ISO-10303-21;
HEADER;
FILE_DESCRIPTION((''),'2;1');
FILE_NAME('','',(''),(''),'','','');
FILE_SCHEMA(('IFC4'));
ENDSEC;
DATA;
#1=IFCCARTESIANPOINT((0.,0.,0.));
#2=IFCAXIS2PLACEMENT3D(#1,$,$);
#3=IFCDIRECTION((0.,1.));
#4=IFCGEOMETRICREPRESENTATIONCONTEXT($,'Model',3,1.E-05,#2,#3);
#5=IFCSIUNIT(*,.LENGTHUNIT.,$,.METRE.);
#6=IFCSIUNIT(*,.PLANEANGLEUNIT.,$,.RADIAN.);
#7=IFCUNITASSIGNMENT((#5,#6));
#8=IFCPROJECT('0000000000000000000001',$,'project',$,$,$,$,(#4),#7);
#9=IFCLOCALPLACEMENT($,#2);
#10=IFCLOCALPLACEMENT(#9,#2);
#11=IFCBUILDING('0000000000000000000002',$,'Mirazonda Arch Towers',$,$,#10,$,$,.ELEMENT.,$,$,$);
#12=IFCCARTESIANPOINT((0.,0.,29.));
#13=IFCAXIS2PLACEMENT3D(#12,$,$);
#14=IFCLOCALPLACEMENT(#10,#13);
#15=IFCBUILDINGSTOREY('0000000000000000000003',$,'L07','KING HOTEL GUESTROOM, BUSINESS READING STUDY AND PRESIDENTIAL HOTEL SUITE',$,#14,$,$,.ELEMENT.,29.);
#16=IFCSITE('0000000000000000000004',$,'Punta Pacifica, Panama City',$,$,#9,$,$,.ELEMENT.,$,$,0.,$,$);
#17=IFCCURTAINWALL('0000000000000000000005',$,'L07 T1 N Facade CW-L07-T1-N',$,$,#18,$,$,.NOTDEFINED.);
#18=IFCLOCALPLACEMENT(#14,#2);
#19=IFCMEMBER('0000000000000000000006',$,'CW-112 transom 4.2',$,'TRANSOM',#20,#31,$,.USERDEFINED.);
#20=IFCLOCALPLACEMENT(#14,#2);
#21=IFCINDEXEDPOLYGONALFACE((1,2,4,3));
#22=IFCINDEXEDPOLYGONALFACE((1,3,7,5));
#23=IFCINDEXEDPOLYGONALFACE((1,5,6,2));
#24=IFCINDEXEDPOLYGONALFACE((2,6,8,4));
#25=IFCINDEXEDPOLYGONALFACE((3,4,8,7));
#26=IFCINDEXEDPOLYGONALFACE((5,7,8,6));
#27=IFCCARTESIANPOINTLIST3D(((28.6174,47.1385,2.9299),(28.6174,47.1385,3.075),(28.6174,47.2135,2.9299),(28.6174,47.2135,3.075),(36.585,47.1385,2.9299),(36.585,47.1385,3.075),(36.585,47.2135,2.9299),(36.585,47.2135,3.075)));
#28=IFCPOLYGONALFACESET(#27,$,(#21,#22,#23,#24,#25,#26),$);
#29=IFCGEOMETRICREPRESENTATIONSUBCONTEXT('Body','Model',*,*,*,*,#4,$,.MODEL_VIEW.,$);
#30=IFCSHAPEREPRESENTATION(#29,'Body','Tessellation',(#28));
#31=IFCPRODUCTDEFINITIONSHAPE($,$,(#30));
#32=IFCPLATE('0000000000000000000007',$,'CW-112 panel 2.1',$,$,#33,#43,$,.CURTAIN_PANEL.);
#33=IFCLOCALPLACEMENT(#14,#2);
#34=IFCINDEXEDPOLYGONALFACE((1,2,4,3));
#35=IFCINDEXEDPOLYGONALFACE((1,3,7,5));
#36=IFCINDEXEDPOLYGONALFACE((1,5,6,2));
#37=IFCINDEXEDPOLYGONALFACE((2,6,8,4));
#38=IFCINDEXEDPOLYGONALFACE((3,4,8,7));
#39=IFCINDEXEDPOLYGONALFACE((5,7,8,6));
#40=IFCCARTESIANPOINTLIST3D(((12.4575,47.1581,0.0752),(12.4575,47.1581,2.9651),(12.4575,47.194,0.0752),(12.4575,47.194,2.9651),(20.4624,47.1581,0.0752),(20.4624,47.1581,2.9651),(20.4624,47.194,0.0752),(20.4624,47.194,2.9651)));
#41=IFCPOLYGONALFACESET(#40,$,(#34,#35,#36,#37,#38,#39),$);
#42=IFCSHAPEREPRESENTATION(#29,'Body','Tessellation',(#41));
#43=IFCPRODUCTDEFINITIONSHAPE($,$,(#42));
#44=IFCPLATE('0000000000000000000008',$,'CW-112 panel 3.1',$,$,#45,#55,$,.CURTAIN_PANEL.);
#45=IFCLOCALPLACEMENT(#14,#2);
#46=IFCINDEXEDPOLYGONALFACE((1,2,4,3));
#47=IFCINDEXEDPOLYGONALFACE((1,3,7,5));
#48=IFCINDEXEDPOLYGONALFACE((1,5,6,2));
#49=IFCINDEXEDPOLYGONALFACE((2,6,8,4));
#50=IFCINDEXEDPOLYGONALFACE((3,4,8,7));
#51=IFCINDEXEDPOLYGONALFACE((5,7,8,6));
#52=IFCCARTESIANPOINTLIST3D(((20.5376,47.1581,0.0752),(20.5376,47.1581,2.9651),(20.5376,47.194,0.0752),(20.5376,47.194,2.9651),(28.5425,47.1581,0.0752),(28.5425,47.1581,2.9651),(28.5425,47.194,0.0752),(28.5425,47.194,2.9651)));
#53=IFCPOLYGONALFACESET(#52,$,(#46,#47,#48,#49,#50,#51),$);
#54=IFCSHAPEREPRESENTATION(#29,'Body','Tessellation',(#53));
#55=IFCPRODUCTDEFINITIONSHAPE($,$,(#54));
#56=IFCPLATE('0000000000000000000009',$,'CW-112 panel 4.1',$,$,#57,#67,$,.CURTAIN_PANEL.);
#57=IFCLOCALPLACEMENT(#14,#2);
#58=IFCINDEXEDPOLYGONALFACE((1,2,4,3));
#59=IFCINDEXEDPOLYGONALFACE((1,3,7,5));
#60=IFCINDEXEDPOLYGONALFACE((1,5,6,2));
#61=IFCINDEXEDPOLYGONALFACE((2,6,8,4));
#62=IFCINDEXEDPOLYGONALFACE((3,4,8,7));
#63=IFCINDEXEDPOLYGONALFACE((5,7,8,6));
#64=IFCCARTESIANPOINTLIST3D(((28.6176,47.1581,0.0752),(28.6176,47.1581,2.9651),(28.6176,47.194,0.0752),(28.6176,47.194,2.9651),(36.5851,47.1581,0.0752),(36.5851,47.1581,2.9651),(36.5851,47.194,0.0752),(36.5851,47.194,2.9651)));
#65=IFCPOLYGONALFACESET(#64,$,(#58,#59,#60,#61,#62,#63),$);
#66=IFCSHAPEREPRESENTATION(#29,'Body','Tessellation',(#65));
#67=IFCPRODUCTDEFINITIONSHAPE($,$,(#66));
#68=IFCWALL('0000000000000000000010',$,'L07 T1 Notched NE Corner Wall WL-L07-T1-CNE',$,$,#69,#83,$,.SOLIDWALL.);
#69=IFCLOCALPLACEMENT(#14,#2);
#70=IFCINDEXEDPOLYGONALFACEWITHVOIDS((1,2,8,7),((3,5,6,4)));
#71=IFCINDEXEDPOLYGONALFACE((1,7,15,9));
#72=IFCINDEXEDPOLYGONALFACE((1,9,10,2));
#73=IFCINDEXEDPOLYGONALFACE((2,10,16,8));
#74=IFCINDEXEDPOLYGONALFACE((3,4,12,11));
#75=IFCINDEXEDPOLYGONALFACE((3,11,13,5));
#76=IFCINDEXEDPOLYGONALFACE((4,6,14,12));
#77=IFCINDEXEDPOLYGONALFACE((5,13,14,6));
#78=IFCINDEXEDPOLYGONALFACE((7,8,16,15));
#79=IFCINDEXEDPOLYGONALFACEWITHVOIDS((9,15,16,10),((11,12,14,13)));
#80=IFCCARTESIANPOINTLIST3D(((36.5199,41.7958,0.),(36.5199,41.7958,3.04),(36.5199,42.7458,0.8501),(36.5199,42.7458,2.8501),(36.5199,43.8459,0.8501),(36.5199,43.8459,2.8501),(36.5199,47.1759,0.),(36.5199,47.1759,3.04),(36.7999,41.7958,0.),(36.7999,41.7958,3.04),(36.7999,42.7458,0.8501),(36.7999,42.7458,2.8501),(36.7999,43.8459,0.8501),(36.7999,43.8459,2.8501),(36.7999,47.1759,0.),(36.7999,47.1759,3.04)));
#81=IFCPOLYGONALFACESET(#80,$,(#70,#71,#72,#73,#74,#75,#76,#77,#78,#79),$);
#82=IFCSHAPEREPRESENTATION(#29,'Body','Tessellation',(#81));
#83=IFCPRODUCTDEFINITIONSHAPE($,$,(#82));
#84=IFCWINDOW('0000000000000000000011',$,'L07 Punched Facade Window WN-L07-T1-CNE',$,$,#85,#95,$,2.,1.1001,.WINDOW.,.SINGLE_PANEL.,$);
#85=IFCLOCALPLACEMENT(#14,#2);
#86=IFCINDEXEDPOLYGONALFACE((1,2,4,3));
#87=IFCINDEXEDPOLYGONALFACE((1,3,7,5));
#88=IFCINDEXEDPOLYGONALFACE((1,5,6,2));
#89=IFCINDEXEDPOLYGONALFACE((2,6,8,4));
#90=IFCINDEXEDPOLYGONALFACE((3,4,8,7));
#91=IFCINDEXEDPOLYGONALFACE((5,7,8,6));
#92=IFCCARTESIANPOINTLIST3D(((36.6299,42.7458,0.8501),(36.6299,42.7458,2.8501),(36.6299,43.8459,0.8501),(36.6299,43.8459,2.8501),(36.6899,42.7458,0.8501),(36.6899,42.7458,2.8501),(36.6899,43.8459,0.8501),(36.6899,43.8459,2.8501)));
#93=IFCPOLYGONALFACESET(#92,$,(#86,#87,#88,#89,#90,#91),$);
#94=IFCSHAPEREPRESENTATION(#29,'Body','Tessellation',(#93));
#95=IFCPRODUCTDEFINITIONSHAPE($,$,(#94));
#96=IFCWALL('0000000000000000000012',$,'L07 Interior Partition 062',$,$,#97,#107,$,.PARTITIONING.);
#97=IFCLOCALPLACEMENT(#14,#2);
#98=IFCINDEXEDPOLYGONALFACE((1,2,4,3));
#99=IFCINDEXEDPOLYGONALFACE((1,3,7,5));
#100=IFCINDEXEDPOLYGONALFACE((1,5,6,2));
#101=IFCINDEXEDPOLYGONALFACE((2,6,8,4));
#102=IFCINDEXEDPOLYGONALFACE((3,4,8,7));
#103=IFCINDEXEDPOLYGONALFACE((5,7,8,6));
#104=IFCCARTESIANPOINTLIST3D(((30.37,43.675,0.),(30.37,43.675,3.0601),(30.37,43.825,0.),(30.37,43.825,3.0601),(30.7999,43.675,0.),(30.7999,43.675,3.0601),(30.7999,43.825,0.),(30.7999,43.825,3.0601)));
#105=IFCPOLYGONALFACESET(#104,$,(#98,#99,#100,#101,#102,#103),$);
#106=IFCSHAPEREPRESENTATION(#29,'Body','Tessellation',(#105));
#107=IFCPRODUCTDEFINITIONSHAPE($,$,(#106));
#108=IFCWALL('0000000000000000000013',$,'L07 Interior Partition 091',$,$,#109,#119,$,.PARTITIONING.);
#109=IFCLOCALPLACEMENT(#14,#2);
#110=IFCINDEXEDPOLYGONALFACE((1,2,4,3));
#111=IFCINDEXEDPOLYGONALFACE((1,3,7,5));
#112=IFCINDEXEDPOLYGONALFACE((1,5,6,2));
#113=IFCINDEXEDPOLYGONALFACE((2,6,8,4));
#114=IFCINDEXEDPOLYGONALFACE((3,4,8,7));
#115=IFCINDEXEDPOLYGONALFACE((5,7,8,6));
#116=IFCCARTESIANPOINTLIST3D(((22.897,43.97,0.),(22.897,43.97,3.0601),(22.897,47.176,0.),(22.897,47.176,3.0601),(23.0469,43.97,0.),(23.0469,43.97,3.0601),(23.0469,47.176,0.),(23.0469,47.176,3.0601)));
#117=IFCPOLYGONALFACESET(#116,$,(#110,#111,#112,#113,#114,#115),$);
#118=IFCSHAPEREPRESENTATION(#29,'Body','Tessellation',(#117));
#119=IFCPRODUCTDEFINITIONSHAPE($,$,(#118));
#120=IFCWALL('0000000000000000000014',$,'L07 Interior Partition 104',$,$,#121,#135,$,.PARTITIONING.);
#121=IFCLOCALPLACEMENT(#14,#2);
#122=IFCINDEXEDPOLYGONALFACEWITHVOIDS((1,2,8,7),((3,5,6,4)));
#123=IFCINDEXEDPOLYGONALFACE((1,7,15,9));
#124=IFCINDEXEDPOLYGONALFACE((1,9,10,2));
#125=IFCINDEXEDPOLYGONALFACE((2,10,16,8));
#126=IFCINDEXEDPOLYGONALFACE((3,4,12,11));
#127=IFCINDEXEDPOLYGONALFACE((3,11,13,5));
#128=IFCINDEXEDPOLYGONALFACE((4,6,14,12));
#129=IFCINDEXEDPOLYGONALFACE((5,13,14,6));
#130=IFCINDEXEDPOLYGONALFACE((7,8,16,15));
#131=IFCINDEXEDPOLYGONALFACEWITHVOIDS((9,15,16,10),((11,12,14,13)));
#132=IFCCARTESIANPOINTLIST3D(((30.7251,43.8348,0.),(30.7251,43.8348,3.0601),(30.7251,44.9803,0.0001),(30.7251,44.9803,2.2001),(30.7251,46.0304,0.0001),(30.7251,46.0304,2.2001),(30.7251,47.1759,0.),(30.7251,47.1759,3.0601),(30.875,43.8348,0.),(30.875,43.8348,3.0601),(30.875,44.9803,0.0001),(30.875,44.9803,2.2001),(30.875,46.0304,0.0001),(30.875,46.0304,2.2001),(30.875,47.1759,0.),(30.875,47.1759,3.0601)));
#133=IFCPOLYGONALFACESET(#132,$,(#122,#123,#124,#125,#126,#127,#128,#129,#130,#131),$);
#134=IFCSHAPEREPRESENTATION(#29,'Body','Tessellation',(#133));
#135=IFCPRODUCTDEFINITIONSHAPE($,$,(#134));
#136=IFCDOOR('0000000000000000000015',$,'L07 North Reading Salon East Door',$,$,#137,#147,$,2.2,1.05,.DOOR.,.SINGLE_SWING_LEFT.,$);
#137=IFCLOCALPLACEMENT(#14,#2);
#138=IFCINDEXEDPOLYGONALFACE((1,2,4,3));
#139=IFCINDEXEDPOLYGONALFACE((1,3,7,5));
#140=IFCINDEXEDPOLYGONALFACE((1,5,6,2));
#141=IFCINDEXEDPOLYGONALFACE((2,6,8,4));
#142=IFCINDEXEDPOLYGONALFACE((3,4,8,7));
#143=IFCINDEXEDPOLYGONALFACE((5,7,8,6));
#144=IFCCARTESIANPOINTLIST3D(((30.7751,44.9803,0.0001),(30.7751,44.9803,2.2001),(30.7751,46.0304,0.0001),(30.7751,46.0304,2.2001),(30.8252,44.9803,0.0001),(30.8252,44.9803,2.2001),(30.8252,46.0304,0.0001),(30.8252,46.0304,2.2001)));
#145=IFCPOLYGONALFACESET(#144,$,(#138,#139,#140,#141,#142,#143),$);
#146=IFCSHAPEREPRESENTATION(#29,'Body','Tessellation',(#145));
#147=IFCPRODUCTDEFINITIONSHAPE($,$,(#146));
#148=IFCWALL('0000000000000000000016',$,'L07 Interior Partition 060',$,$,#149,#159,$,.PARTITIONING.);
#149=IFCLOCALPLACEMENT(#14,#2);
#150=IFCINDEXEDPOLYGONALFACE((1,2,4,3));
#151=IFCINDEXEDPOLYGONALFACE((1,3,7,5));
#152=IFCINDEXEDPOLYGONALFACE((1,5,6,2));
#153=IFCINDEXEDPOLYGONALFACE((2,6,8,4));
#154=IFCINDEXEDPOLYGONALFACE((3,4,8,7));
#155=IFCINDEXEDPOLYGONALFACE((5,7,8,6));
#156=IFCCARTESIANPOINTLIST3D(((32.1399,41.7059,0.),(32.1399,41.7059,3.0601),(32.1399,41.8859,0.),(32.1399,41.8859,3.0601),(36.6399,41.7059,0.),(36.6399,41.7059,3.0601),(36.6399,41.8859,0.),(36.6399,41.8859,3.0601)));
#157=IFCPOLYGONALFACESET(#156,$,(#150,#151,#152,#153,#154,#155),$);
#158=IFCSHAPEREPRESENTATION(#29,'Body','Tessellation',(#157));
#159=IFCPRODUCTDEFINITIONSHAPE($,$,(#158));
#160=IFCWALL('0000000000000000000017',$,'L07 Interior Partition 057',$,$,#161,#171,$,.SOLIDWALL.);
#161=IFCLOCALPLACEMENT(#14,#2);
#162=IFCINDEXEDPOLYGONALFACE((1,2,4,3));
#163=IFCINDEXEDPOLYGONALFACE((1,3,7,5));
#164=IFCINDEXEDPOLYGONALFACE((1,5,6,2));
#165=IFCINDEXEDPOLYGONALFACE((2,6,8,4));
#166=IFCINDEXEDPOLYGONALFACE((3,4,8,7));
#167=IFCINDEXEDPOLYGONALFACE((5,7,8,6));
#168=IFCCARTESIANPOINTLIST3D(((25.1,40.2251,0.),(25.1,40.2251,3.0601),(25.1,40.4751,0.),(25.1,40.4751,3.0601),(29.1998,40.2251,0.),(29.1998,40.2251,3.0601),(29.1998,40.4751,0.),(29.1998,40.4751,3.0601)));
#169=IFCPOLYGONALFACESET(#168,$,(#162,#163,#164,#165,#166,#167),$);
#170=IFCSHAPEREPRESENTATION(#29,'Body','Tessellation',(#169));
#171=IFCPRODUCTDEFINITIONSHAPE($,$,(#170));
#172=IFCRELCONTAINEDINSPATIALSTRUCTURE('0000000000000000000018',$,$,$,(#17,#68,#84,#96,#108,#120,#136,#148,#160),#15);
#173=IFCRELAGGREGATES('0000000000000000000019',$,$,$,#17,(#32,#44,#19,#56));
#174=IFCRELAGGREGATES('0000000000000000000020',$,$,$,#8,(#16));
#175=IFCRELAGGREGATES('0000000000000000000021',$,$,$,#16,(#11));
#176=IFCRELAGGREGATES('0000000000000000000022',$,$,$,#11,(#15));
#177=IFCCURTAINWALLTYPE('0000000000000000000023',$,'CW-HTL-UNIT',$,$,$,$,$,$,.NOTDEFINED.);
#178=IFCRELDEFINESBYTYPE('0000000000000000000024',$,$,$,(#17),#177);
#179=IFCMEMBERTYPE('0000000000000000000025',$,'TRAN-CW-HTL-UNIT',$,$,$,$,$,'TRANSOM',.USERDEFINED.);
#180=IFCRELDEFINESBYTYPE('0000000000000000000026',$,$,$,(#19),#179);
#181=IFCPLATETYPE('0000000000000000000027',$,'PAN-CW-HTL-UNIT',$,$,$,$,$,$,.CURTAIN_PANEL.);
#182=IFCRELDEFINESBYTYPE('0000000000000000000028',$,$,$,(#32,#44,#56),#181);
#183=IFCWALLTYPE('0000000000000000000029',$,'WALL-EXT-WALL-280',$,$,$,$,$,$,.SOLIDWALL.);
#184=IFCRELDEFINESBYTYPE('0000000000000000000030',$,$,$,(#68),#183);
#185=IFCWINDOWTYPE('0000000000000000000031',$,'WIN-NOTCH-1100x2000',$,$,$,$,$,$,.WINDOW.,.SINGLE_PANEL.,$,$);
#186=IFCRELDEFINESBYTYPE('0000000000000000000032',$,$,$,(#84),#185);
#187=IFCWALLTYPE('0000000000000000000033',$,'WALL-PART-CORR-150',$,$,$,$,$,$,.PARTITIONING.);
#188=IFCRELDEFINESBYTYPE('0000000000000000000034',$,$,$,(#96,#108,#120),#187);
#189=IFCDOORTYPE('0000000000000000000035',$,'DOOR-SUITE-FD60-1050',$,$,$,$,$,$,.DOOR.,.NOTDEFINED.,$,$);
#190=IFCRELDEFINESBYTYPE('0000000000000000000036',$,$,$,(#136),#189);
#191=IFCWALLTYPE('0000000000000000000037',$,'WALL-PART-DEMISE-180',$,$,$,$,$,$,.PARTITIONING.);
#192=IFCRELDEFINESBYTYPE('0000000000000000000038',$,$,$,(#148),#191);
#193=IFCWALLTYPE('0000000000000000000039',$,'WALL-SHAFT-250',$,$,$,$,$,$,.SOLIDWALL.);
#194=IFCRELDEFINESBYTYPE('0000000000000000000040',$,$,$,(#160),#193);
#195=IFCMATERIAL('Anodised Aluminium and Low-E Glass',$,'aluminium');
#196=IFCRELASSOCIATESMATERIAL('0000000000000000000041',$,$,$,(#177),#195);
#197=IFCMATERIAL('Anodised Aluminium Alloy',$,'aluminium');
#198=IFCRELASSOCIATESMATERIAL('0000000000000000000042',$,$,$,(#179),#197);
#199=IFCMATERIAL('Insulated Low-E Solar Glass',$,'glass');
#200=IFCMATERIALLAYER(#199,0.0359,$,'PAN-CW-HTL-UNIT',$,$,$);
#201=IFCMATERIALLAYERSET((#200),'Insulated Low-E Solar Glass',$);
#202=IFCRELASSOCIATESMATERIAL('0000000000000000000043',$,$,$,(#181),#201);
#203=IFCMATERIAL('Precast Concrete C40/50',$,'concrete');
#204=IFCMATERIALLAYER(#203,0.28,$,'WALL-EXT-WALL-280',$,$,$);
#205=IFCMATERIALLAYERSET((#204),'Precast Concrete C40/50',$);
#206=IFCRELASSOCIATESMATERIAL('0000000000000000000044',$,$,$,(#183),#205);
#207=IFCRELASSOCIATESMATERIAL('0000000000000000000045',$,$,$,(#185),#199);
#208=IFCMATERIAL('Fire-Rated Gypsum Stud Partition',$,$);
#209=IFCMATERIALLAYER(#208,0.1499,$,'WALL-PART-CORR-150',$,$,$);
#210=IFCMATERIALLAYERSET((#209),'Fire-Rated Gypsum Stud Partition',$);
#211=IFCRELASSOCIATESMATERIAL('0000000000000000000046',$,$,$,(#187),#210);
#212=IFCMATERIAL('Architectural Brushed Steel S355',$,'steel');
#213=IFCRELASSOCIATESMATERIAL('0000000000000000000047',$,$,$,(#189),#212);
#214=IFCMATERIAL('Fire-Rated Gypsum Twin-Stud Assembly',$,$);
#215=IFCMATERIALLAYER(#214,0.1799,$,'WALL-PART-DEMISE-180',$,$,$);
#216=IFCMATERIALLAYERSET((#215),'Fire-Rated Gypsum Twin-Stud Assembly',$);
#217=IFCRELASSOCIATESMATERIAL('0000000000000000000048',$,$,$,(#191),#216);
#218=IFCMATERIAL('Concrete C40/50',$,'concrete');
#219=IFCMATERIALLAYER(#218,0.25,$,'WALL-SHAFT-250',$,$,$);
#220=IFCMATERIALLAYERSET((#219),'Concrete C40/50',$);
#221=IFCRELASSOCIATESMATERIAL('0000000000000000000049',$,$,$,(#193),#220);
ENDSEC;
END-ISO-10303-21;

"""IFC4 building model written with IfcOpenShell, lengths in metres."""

from ifc_helpers import new_model, si_unit, direction, frame, frame_2d, origin, origin_2d, place, context, subcontext, project, spatial, rectangle, extrude, material, layer, layer_set, material_profile, profile_set, type_object, element, fill, aggregate, save


model = new_model("IFC4")

# Units and contexts
model_context = context("Model", 3, precision=1e-05, world=origin(), true_north=direction((0.0, 1.0)))
body_context = subcontext(model_context, "Body", "Model", "MODEL_VIEW")
ifc_project = project(units=[si_unit("LENGTHUNIT", "METRE"), si_unit("PLANEANGLEUNIT", "RADIAN")], contexts=[model_context])

# Site, building, storey
site_placement = place(None, origin())
site = spatial("IfcSite", under=ifc_project, at=site_placement, Name="Punta Pacifica, Panama City", CompositionType="ELEMENT", RefElevation=0.0)
building_placement = place(site_placement, origin())
building = spatial("IfcBuilding", under=site, at=building_placement, Name="Mirazonda Arch Towers", CompositionType="ELEMENT")
storey_placement = place(building_placement, frame((0.0, 0.0, 29.0)))
storey = spatial("IfcBuildingStorey", under=building, at=storey_placement, Name="L07", Description="KING HOTEL GUESTROOM, BUSINESS READING STUDY AND PRESIDENTIAL HOTEL SUITE", CompositionType="ELEMENT", Elevation=29.0)

# Curtain wall, member, plates
ifc_material_1 = material(Name="Anodised Aluminium and Low-E Glass", Category="aluminium")
curtain_wall_type = type_object("IfcCurtainWallType", Name="CW-HTL-UNIT", PredefinedType="NOTDEFINED", material=ifc_material_1)
curtain_wall_placement = place(storey_placement, origin())
curtain_wall = element("IfcCurtainWall", 1, at=curtain_wall_placement, inside=storey, type_object=curtain_wall_type, Name="L07 T1 N Facade CW-L07-T1-N", PredefinedType="NOTDEFINED")
ifc_material_2 = material(Name="Anodised Aluminium Alloy", Category="aluminium")
ifc_material_profile_1 = material_profile(ifc_material_2, rectangle(XDim=0.075, YDim=0.145, at=origin_2d()), Name="ALU-TRAN-75x145")
ifc_profile_set_1 = profile_set([ifc_material_profile_1], Name="Anodised Aluminium Alloy")
member_type_1 = type_object("IfcMemberType", Name="TRAN-CW-HTL-UNIT", ElementType="TRANSOM", PredefinedType="USERDEFINED", material=ifc_profile_set_1)
member_1_placement = place(storey_placement, frame((28.6174, 47.176, 3.0024), z_axis=(1.0, 0.0, 0.0), x_axis=(0.0, 1.0, 0.0)))
member_1 = element("IfcMember", 2, at=member_1_placement, type_object=member_type_1, Name="CW-112 transom 4.2", ObjectType="TRANSOM", PredefinedType="USERDEFINED", context=body_context, shape_type="SweptSolid", body=[
    extrude(rectangle(XDim=0.075, YDim=0.145, at=origin_2d()), origin(), (0.0, 0.0, 1.0), 7.9675),
])
ifc_material_3 = material(Name="Insulated Low-E Solar Glass", Category="glass")
ifc_layer_1 = layer(ifc_material_3, 0.0359, Name="PAN-CW-HTL-UNIT")
ifc_layer_set_1 = layer_set([ifc_layer_1], Name="Insulated Low-E Solar Glass")
plate_type = type_object("IfcPlateType", Name="PAN-CW-HTL-UNIT", PredefinedType="CURTAIN_PANEL", material=ifc_layer_set_1)
plate_1_placement = place(storey_placement, frame((16.46, 47.176, 0.0752), z_axis=(0.0, 0.0, 1.0), x_axis=(1.0, 0.0, 0.0)))
plate_1 = element("IfcPlate", 3, at=plate_1_placement, type_object=plate_type, Name="CW-112 panel 2.1", PredefinedType="CURTAIN_PANEL", context=body_context, shape_type="SweptSolid", body=[
    extrude(rectangle(XDim=8.0049, YDim=0.0359, at=origin_2d()), origin(), (0.0, 0.0, 1.0), 2.8899),
])
plate_2_placement = place(storey_placement, frame((24.54, 47.176, 0.0752), z_axis=(0.0, 0.0, 1.0), x_axis=(1.0, 0.0, 0.0)))
plate_2 = element("IfcPlate", 4, at=plate_2_placement, type_object=plate_type, Name="CW-112 panel 3.1", PredefinedType="CURTAIN_PANEL", context=body_context, shape_type="SweptSolid", body=[
    extrude(rectangle(XDim=8.0049, YDim=0.0359, at=origin_2d()), origin(), (0.0, 0.0, 1.0), 2.8899),
])
plate_3_placement = place(storey_placement, frame((32.6013, 47.176, 0.0752), z_axis=(0.0, 0.0, 1.0), x_axis=(1.0, 0.0, 0.0)))
plate_3 = element("IfcPlate", 5, at=plate_3_placement, type_object=plate_type, Name="CW-112 panel 4.1", PredefinedType="CURTAIN_PANEL", context=body_context, shape_type="SweptSolid", body=[
    extrude(rectangle(XDim=7.9675, YDim=0.0359, at=origin_2d()), origin(), (0.0, 0.0, 1.0), 2.8899),
])
aggregate(curtain_wall, [plate_1, plate_2, member_1, plate_3])

# Wall, opening, window
ifc_material_4 = material(Name="Precast Concrete C40/50", Category="concrete")
ifc_layer_2 = layer(ifc_material_4, 0.28, Name="WALL-EXT-WALL-280")
ifc_layer_set_2 = layer_set([ifc_layer_2], Name="Precast Concrete C40/50")
wall_type_1 = type_object("IfcWallType", Name="WALL-EXT-WALL-280", PredefinedType="SOLIDWALL", material=ifc_layer_set_2)
wall_1_placement = place(storey_placement, frame((36.6599, 41.7959, 0.0), z_axis=(0.0, 0.0, 1.0), x_axis=(0.0, 1.0, 0.0)))
wall_1 = element("IfcWall", 6, at=wall_1_placement, inside=storey, type_object=wall_type_1, Name="L07 T1 Notched NE Corner Wall WL-L07-T1-CNE", PredefinedType="SOLIDWALL", context=body_context, shape_type="SweptSolid", body=[
    extrude(rectangle(XDim=5.3801, YDim=0.28, at=frame_2d((2.6899, 0.0))), origin(), (0.0, 0.0, 1.0), 3.04),
])
opening_1_placement = place(wall_1_placement, frame((0.95, 0.0, 0.8501)))
opening_1 = element("IfcOpeningElement", 7, at=opening_1_placement, cuts=wall_1, PredefinedType="OPENING", context=body_context, shape_type="SweptSolid", body=[
    extrude(rectangle(XDim=1.1001, YDim=2.0, at=frame_2d((0.55, 1.0))), frame((0.0, 0.1499, 0.0), z_axis=(0.0, -1.0, 0.0), x_axis=(1.0, 0.0, 0.0)), (0.0, 0.0, 1.0), 0.3),
])
window_type = type_object("IfcWindowType", Name="WIN-NOTCH-1100x2000", PartitioningType="SINGLE_PANEL", PredefinedType="WINDOW", material=ifc_material_3)
window_placement = place(opening_1_placement, origin())
window = element("IfcWindow", 8, at=window_placement, inside=storey, type_object=window_type, Name="L07 Punched Facade Window WN-L07-T1-CNE", OverallHeight=2.0, OverallWidth=1.1001, PartitioningType="SINGLE_PANEL", PredefinedType="WINDOW", context=body_context, shape_type="SweptSolid", body=[
    extrude(rectangle(XDim=1.1001, YDim=2.0, at=frame_2d((0.55, 1.0))), frame((0.0, 0.03, 0.0), z_axis=(0.0, -1.0, 0.0), x_axis=(1.0, 0.0, 0.0)), (0.0, 0.0, 1.0), 0.0601),
])
fill(opening_1, window)

# Walls
ifc_material_5 = material(Name="Fire-Rated Gypsum Stud Partition")
ifc_layer_3 = layer(ifc_material_5, 0.1499, Name="WALL-PART-CORR-150")
ifc_layer_set_3 = layer_set([ifc_layer_3], Name="Fire-Rated Gypsum Stud Partition")
wall_type_2 = type_object("IfcWallType", Name="WALL-PART-CORR-150", PredefinedType="PARTITIONING", material=ifc_layer_set_3)
wall_2_placement = place(storey_placement, frame((30.3701, 43.75, 0.0), z_axis=(0.0, 0.0, 1.0), x_axis=(1.0, 0.0, 0.0)))
element("IfcWall", 9, at=wall_2_placement, inside=storey, type_object=wall_type_2, Name="L07 Interior Partition 062", PredefinedType="PARTITIONING", context=body_context, shape_type="SweptSolid", body=[
    extrude(rectangle(XDim=0.4299, YDim=0.1499, at=frame_2d((0.2148, 0.0))), origin(), (0.0, 0.0, 1.0), 3.0601),
])
wall_3_placement = place(storey_placement, frame((22.9719, 43.97, 0.0), z_axis=(0.0, 0.0, 1.0), x_axis=(0.0, 1.0, 0.0)))
element("IfcWall", 10, at=wall_3_placement, inside=storey, type_object=wall_type_2, Name="L07 Interior Partition 091", PredefinedType="PARTITIONING", context=body_context, shape_type="SweptSolid", body=[
    extrude(rectangle(XDim=3.2061, YDim=0.1499, at=frame_2d((1.603, 0.0))), origin(), (0.0, 0.0, 1.0), 3.0601),
])

# Wall, opening, door
wall_4_placement = place(storey_placement, frame((30.8, 43.835, 0.0), z_axis=(0.0, 0.0, 1.0), x_axis=(0.0, 1.0, 0.0)))
wall_4 = element("IfcWall", 11, at=wall_4_placement, inside=storey, type_object=wall_type_2, Name="L07 Interior Partition 104", PredefinedType="PARTITIONING", context=body_context, shape_type="SweptSolid", body=[
    extrude(rectangle(XDim=3.3411, YDim=0.1499, at=frame_2d((1.6704, 0.0))), origin(), (0.0, 0.0, 1.0), 3.0601),
])
opening_2_placement = place(wall_4_placement, frame((1.1455, 0.0, 0.0)))
opening_2 = element("IfcOpeningElement", 12, at=opening_2_placement, cuts=wall_4, PredefinedType="OPENING", context=body_context, shape_type="SweptSolid", body=[
    extrude(rectangle(XDim=1.05, YDim=2.2, at=frame_2d((0.5249, 1.1001))), frame((0.0, 0.085, 0.0), z_axis=(0.0, -1.0, 0.0), x_axis=(1.0, 0.0, 0.0)), (0.0, 0.0, 1.0), 0.1699),
])
ifc_material_6 = material(Name="Architectural Brushed Steel S355", Category="steel")
door_type_1 = type_object("IfcDoorType", Name="DOOR-SUITE-FD60-1050", OperationType="NOTDEFINED", PredefinedType="DOOR", material=ifc_material_6)
door_1_placement = place(opening_2_placement, origin())
door_1 = element("IfcDoor", 13, at=door_1_placement, inside=storey, type_object=door_type_1, Name="L07 North Reading Salon East Door", OperationType="SINGLE_SWING_LEFT", OverallHeight=2.2, OverallWidth=1.05, PredefinedType="DOOR", context=body_context, shape_type="SweptSolid", body=[
    extrude(rectangle(XDim=1.05, YDim=2.2, at=frame_2d((0.5249, 1.1001))), frame((0.0, 0.0249, 0.0), z_axis=(0.0, -1.0, 0.0), x_axis=(1.0, 0.0, 0.0)), (0.0, 0.0, 1.0), 0.05),
])
fill(opening_2, door_1)

# Wall
ifc_material_7 = material(Name="Fire-Rated Gypsum Twin-Stud Assembly")
ifc_layer_4 = layer(ifc_material_7, 0.1799, Name="WALL-PART-DEMISE-180")
ifc_layer_set_4 = layer_set([ifc_layer_4], Name="Fire-Rated Gypsum Twin-Stud Assembly")
wall_type_3 = type_object("IfcWallType", Name="WALL-PART-DEMISE-180", PredefinedType="PARTITIONING", material=ifc_layer_set_4)
wall_5_placement = place(storey_placement, frame((32.1399, 41.7959, 0.0), z_axis=(0.0, 0.0, 1.0), x_axis=(1.0, 0.0, 0.0)))
element("IfcWall", 14, at=wall_5_placement, inside=storey, type_object=wall_type_3, Name="L07 Interior Partition 060", PredefinedType="PARTITIONING", context=body_context, shape_type="SweptSolid", body=[
    extrude(rectangle(XDim=4.5, YDim=0.1799, at=frame_2d((2.25, 0.0))), origin(), (0.0, 0.0, 1.0), 3.0601),
])

# Wall
ifc_material_8 = material(Name="Concrete C40/50", Category="concrete")
ifc_layer_5 = layer(ifc_material_8, 0.25, Name="WALL-SHAFT-250")
ifc_layer_set_5 = layer_set([ifc_layer_5], Name="Concrete C40/50")
wall_type_4 = type_object("IfcWallType", Name="WALL-SHAFT-250", PredefinedType="SOLIDWALL", material=ifc_layer_set_5)
wall_6_placement = place(storey_placement, frame((25.1001, 40.3501, 0.0), z_axis=(0.0, 0.0, 1.0), x_axis=(1.0, 0.0, 0.0)))
element("IfcWall", 15, at=wall_6_placement, inside=storey, type_object=wall_type_4, Name="L07 Interior Partition 057", PredefinedType="SOLIDWALL", context=body_context, shape_type="SweptSolid", body=[
    extrude(rectangle(XDim=4.0999, YDim=0.25, at=frame_2d((2.0498, 0.0))), origin(), (0.0, 0.0, 1.0), 3.0601),
])

save(model, "model.ifc")
